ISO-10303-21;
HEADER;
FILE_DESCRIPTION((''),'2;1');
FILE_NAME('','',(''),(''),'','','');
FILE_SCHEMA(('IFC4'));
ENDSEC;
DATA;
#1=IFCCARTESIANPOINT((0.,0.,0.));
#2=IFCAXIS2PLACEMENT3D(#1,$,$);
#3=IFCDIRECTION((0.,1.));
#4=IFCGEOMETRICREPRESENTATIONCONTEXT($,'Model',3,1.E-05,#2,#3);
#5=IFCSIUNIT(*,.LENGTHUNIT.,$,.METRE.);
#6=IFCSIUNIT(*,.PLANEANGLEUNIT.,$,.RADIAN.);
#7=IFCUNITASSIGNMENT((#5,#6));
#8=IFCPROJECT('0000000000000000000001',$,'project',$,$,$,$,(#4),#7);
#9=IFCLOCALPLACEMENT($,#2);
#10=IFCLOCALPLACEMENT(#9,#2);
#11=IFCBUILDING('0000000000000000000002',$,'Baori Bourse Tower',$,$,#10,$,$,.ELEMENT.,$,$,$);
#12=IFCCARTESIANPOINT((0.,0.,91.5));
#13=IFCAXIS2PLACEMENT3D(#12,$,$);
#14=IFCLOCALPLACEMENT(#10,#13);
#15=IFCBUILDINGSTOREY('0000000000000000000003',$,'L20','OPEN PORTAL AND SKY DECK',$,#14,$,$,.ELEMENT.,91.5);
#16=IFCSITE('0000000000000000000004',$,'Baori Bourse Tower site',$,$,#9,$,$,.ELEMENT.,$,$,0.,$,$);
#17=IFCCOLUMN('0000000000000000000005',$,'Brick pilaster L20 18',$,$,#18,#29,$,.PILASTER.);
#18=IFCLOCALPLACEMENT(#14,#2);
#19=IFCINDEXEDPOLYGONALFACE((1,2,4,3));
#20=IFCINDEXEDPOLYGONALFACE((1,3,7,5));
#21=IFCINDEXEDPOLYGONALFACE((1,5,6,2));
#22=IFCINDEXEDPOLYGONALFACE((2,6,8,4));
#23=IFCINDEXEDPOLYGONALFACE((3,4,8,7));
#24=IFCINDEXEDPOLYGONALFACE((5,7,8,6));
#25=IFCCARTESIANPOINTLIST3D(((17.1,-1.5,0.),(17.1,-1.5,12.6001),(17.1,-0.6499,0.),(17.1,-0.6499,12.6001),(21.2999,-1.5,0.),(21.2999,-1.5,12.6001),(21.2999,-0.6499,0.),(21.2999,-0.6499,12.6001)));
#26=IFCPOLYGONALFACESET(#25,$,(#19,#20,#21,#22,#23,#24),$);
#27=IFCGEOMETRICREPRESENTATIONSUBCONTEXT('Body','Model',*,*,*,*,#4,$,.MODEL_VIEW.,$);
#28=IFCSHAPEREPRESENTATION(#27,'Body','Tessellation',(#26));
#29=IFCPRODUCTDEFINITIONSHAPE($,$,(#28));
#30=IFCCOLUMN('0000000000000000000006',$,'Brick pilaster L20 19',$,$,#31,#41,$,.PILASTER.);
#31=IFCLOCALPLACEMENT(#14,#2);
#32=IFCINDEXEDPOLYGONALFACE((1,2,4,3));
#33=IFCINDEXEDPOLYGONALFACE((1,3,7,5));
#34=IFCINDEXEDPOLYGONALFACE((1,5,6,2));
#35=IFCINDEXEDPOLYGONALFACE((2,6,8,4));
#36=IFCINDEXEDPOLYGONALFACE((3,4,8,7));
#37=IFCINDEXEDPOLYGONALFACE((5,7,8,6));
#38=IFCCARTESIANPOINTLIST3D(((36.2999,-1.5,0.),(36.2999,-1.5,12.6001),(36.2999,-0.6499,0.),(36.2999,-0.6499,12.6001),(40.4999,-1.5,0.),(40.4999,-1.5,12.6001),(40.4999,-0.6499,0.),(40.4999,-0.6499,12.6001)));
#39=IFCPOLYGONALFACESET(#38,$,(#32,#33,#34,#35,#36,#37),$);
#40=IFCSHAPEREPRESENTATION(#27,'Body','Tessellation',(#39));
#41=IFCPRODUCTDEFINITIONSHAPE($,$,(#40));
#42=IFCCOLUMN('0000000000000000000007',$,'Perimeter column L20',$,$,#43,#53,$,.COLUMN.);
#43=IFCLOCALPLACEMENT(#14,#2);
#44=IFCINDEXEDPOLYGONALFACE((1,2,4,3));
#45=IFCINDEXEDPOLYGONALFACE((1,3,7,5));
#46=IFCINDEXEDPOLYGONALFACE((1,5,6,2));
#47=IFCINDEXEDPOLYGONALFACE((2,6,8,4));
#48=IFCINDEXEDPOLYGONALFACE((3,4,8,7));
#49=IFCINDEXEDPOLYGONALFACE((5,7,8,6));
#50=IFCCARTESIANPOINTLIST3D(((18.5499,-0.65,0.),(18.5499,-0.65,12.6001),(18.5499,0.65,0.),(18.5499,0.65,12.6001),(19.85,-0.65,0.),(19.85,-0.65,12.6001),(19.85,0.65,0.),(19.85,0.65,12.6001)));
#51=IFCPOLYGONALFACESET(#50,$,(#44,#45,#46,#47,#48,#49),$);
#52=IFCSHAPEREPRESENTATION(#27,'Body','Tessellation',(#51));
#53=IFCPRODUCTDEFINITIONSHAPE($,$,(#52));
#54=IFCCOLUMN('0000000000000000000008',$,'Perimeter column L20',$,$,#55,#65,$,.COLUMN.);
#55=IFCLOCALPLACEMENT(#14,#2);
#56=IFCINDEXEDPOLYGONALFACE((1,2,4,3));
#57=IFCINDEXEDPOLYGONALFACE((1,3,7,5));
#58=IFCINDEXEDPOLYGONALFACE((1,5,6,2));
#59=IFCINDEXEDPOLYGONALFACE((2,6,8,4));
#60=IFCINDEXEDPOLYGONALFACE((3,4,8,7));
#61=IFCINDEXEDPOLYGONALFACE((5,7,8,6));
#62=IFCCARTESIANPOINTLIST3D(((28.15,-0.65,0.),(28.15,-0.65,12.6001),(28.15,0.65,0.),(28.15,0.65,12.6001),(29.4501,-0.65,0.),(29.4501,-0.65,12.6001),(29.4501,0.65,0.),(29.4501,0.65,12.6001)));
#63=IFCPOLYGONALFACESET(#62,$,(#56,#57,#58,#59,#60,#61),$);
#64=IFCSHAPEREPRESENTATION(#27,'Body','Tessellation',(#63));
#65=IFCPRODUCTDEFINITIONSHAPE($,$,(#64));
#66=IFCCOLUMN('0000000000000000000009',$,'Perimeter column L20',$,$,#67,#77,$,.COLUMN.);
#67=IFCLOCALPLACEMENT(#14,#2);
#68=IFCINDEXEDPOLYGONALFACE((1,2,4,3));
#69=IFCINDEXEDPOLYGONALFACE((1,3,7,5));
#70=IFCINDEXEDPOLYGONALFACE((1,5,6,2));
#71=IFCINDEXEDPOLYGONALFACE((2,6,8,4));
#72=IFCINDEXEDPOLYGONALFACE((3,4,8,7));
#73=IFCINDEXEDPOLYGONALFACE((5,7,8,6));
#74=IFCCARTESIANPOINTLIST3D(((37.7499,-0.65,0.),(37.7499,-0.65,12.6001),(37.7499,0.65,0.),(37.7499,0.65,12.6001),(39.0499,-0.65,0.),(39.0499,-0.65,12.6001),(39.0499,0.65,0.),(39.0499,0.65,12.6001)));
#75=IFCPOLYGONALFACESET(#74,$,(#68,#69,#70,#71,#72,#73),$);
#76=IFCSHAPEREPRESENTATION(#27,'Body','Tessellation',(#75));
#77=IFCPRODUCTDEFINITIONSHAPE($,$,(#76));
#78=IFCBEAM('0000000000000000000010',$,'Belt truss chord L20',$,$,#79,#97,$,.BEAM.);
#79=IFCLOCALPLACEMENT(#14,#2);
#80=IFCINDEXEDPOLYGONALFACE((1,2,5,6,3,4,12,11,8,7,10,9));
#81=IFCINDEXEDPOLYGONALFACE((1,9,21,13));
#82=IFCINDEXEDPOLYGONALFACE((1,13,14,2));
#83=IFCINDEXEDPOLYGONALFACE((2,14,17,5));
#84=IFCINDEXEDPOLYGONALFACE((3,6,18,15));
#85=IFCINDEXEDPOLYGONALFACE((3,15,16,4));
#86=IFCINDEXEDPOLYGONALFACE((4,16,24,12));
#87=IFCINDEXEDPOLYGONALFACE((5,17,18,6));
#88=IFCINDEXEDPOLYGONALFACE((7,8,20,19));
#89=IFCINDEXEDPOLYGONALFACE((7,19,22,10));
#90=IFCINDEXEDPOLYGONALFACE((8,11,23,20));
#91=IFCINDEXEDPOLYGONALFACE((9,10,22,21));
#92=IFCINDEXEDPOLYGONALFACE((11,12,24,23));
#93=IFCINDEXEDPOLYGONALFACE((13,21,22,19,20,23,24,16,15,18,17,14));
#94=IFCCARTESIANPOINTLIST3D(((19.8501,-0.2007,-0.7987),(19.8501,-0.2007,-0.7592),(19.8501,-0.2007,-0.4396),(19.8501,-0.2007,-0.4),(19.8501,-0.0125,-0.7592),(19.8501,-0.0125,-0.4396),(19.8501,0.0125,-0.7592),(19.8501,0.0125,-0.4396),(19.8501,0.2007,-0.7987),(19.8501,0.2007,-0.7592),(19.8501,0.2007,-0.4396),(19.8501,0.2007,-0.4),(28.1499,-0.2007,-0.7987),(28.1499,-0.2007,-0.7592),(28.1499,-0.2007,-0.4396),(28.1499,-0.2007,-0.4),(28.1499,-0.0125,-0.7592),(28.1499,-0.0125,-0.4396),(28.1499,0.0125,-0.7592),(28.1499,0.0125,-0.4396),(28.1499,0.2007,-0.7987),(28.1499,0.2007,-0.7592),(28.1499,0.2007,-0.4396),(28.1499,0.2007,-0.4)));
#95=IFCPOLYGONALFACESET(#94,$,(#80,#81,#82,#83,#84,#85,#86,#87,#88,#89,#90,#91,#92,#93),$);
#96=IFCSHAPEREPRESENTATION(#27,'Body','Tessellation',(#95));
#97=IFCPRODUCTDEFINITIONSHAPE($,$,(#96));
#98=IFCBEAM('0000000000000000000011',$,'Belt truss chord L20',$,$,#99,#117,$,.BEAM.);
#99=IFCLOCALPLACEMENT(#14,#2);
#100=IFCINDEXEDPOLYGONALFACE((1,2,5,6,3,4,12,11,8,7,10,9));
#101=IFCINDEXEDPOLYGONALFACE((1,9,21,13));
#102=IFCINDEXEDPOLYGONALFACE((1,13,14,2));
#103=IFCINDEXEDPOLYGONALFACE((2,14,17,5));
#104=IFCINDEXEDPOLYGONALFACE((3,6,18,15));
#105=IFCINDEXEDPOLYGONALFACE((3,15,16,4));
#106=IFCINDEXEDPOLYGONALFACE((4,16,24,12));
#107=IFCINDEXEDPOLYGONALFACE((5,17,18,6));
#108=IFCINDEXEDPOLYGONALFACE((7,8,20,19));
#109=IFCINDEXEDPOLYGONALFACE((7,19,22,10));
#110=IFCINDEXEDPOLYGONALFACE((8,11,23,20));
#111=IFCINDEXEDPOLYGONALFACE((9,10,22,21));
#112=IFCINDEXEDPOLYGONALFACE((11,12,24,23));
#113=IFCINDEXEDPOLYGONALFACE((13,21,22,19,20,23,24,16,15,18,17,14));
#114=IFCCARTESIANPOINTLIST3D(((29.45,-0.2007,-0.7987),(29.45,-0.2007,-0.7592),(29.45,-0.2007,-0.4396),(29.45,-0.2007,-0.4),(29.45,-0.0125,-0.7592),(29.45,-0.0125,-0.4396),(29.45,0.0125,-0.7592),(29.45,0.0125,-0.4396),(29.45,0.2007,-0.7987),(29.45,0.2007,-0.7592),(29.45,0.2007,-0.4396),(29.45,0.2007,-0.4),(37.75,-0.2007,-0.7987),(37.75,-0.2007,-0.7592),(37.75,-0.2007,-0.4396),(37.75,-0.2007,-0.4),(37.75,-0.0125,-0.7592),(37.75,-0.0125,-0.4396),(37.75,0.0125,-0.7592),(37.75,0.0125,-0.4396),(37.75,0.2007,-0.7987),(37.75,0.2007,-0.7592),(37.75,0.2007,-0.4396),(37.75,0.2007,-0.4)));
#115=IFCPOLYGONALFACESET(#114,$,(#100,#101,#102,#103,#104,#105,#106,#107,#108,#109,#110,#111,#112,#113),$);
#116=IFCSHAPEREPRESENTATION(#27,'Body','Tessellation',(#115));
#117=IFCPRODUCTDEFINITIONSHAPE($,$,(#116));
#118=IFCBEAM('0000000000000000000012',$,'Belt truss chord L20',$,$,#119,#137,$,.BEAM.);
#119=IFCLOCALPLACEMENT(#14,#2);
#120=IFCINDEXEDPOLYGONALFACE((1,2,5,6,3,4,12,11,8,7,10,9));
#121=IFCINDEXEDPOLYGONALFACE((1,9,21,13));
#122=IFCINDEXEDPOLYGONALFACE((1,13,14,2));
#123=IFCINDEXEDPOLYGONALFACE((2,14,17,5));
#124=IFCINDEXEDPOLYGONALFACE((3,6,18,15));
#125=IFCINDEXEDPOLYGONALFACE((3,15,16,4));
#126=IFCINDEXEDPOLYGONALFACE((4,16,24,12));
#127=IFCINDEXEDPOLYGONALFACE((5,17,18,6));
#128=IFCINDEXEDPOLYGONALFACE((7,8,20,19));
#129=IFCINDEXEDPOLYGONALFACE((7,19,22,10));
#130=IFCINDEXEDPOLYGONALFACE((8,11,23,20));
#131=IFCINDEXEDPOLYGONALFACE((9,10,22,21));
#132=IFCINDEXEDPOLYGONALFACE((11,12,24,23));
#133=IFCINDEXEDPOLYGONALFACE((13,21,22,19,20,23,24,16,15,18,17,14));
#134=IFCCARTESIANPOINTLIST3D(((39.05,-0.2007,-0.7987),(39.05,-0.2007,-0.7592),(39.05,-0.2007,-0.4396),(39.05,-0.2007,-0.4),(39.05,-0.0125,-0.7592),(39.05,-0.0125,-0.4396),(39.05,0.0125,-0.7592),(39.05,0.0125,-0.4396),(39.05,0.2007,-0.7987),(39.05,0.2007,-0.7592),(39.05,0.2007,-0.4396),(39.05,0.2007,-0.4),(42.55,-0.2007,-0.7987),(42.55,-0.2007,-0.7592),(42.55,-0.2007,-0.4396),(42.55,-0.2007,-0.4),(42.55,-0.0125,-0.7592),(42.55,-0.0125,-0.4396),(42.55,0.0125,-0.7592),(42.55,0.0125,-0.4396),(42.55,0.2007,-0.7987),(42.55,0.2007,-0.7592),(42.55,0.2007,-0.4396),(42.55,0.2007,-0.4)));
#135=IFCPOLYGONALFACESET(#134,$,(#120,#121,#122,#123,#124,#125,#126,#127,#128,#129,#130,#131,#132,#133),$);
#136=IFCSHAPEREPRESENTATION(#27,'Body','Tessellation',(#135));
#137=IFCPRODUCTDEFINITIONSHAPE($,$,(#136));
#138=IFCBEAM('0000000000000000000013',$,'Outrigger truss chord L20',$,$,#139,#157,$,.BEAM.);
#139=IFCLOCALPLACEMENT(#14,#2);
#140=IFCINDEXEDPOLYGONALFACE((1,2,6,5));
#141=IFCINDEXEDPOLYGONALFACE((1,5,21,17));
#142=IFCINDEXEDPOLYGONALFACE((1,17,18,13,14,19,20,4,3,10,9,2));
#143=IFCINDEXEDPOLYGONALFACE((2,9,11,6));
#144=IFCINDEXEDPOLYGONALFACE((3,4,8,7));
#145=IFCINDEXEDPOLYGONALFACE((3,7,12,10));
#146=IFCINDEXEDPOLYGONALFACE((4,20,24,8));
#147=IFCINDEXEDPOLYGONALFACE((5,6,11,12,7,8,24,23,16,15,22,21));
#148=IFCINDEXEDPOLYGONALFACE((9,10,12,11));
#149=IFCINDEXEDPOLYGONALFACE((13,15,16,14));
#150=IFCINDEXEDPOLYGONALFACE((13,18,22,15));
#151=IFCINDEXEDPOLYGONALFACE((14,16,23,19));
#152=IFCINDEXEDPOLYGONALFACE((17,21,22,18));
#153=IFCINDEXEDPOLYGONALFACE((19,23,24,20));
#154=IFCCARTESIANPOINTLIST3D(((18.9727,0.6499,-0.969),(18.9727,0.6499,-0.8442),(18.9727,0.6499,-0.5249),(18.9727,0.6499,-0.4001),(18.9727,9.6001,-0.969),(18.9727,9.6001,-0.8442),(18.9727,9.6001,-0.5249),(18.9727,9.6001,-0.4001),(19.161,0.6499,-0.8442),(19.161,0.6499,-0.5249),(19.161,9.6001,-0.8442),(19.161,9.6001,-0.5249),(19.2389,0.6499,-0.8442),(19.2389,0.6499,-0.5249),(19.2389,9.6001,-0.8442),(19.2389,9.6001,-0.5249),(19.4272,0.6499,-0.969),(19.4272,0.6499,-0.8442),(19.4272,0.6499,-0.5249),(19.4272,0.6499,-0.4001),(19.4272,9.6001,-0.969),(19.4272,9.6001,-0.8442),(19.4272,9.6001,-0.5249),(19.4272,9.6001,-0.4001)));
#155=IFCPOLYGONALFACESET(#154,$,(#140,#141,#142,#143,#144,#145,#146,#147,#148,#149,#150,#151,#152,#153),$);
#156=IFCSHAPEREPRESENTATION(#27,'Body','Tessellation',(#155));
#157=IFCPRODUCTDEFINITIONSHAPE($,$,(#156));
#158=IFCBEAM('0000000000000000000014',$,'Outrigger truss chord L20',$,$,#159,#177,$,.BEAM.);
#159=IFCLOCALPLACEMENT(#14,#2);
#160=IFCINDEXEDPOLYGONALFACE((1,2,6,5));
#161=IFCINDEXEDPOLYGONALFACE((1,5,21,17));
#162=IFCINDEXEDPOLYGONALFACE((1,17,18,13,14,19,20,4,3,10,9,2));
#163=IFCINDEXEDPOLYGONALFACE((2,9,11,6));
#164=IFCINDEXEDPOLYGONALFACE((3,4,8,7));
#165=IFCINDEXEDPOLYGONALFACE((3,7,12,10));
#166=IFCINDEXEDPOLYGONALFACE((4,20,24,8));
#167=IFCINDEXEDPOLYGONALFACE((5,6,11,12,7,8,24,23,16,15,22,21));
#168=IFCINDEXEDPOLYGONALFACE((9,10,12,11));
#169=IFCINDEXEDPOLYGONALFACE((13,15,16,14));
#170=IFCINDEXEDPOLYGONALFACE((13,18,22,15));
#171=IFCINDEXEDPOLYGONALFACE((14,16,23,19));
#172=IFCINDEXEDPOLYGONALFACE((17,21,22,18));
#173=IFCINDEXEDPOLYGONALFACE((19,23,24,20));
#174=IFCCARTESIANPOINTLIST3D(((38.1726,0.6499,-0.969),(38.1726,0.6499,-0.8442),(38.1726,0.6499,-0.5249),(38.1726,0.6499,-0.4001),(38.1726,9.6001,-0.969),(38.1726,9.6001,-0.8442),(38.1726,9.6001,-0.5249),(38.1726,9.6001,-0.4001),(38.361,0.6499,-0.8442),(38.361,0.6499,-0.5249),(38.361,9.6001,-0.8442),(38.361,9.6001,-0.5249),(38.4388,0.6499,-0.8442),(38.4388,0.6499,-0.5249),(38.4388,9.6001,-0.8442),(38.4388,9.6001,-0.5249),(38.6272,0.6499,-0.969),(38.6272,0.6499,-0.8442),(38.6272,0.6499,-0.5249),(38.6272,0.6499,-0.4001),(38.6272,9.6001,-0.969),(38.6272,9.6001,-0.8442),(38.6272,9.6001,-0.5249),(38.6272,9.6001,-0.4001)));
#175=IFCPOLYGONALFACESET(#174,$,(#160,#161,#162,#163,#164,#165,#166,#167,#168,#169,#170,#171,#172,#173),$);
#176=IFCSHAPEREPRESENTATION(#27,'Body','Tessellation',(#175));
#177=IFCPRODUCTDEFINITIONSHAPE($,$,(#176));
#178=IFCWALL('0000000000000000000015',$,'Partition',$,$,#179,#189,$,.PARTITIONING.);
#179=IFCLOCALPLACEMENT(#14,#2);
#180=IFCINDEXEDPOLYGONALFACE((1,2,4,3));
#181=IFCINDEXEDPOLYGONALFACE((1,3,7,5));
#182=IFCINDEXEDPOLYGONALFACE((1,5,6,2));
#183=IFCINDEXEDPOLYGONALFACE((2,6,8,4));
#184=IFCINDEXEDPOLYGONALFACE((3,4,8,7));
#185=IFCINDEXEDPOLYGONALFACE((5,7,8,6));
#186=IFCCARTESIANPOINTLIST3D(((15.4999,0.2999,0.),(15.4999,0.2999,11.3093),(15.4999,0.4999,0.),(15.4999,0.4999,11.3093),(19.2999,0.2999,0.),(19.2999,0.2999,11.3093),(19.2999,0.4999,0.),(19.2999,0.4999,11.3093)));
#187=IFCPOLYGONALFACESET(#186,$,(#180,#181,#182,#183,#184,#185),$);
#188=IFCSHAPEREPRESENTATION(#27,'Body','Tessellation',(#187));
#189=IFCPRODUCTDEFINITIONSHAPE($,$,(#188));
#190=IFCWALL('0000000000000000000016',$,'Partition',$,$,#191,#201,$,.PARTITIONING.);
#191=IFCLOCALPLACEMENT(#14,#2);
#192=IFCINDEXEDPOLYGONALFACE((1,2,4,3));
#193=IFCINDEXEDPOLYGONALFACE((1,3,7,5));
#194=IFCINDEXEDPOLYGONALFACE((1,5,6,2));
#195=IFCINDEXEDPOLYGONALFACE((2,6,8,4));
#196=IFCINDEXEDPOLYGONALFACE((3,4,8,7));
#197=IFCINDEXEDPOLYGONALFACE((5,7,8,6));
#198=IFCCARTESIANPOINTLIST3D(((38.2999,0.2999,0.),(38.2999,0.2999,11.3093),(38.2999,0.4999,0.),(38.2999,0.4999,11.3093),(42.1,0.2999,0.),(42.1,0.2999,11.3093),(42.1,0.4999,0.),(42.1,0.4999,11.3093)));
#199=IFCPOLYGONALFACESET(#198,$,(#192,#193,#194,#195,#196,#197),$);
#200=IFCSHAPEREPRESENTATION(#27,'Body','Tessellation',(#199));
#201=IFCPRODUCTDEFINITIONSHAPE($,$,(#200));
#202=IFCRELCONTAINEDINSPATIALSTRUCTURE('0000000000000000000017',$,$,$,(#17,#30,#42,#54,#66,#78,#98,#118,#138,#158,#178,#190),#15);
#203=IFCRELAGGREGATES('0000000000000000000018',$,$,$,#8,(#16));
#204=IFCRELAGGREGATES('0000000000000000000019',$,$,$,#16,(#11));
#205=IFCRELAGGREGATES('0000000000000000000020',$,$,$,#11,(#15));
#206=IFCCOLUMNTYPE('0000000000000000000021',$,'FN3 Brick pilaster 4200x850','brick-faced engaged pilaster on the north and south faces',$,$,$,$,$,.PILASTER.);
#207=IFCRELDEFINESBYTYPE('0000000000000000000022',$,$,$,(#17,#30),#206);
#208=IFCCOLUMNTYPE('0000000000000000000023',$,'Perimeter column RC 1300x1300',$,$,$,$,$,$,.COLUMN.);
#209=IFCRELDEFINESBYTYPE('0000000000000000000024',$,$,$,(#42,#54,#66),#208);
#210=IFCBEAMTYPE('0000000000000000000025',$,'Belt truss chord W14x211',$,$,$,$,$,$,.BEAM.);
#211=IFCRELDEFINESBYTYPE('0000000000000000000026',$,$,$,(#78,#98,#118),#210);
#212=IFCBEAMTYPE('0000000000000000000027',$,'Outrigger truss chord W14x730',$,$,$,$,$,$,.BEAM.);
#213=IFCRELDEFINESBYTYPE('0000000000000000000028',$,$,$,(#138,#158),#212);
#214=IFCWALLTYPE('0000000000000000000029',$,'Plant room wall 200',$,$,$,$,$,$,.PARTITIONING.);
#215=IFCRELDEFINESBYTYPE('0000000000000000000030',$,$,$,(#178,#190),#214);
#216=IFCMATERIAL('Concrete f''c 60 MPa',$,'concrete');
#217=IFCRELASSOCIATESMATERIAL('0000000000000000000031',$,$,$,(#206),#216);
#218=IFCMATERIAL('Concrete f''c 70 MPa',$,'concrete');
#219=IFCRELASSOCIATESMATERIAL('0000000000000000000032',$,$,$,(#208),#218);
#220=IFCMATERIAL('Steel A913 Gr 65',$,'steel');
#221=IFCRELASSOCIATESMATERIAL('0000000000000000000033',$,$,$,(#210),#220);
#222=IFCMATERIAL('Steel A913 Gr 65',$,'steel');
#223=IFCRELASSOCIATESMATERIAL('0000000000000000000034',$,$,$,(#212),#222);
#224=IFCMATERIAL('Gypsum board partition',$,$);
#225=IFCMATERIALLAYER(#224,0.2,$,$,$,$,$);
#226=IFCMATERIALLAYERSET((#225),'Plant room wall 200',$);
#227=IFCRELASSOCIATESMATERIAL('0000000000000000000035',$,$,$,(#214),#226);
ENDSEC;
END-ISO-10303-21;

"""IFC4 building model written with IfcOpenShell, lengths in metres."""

from ifc_helpers import new_model, si_unit, direction, frame, frame_2d, origin, origin_2d, place, context, subcontext, project, spatial, rectangle, i_section, extrude, material, layer, layer_set, material_profile, profile_set, type_object, element, save


model = new_model("IFC4")

# Units and contexts
model_context = context("Model", 3, precision=1e-05, world=origin(), true_north=direction((0.0, 1.0)))
body_context = subcontext(model_context, "Body", "Model", "MODEL_VIEW")
ifc_project = project(units=[si_unit("LENGTHUNIT", "METRE"), si_unit("PLANEANGLEUNIT", "RADIAN")], contexts=[model_context])

# Site, building, storey
site_placement = place(None, origin())
site = spatial("IfcSite", under=ifc_project, at=site_placement, Name="Baori Bourse Tower site", CompositionType="ELEMENT", RefElevation=0.0)
building_placement = place(site_placement, origin())
building = spatial("IfcBuilding", under=site, at=building_placement, Name="Baori Bourse Tower", CompositionType="ELEMENT")
storey_placement = place(building_placement, frame((0.0, 0.0, 91.5)))
storey = spatial("IfcBuildingStorey", under=building, at=storey_placement, Name="L20", Description="OPEN PORTAL AND SKY DECK", CompositionType="ELEMENT", Elevation=91.5)

# Columns
ifc_material_1 = material(Name="Concrete f'c 60 MPa", Category="concrete")
ifc_material_profile_1 = material_profile(ifc_material_1, rectangle(XDim=4.2, YDim=0.8501, at=origin_2d()), Name="RC 4200x850")
ifc_profile_set_1 = profile_set([ifc_material_profile_1], Name="Concrete f'c 60 MPa")
column_type_1 = type_object("IfcColumnType", Name="FN3 Brick pilaster 4200x850", Description="brick-faced engaged pilaster on the north and south faces", PredefinedType="PILASTER", material=ifc_profile_set_1)
for number, where, z_axis, x_axis, name in (
    (1, (19.2, -1.075, 0.0), (0.0, 0.0, 1.0), (1.0, 0.0, 0.0), "Brick pilaster L20 18"),
    (2, (38.3999, -1.075, 0.0), (0.0, 0.0, 1.0), (1.0, 0.0, 0.0), "Brick pilaster L20 19"),
):
    element("IfcColumn", number, at=place(storey_placement, frame(where, z_axis=z_axis, x_axis=x_axis)), inside=storey, type_object=column_type_1, Name=name, PredefinedType="PILASTER", context=body_context, shape_type="SweptSolid", body=[
        extrude(rectangle(XDim=4.2, YDim=0.8501, at=origin_2d()), origin(), (0.0, 0.0, 1.0), 12.6001),
    ])
ifc_material_2 = material(Name="Concrete f'c 70 MPa", Category="concrete")
ifc_material_profile_2 = material_profile(ifc_material_2, rectangle(XDim=1.3, YDim=1.3, at=origin_2d()), Name="RC 1300x1300")
ifc_profile_set_2 = profile_set([ifc_material_profile_2], Name="Concrete f'c 70 MPa")
column_type_2 = type_object("IfcColumnType", Name="Perimeter column RC 1300x1300", PredefinedType="COLUMN", material=ifc_profile_set_2)
for number, where, z_axis, x_axis, name in (
    (3, (19.2, 0.0, 0.0), (0.0, 0.0, 1.0), (1.0, 0.0, 0.0), "Perimeter column L20"),
    (4, (28.8, 0.0, 0.0), (0.0, 0.0, 1.0), (1.0, 0.0, 0.0), "Perimeter column L20"),
    (5, (38.3999, 0.0, 0.0), (0.0, 0.0, 1.0), (1.0, 0.0, 0.0), "Perimeter column L20"),
):
    element("IfcColumn", number, at=place(storey_placement, frame(where, z_axis=z_axis, x_axis=x_axis)), inside=storey, type_object=column_type_2, Name=name, PredefinedType="COLUMN", context=body_context, shape_type="SweptSolid", body=[
        extrude(rectangle(XDim=1.3, YDim=1.3, at=origin_2d()), origin(), (0.0, 0.0, 1.0), 12.6001),
    ])

# Beams
ifc_material_3 = material(Name="Steel A913 Gr 65", Category="steel")
ifc_material_profile_3 = material_profile(ifc_material_3, i_section(OverallWidth=0.4014, OverallDepth=0.3987, WebThickness=0.0249, FlangeThickness=0.0396, at=origin_2d()), Name="W14x211")
ifc_profile_set_3 = profile_set([ifc_material_profile_3], Name="Steel A913 Gr 65")
beam_type_1 = type_object("IfcBeamType", Name="Belt truss chord W14x211", PredefinedType="BEAM", material=ifc_profile_set_3)
beam_1_placement = place(storey_placement, frame((19.8501, 0.0, -0.5994), z_axis=(1.0, 0.0, 0.0), x_axis=(0.0, 1.0, 0.0)))
element("IfcBeam", 6, at=beam_1_placement, inside=storey, type_object=beam_type_1, Name="Belt truss chord L20", PredefinedType="BEAM", context=body_context, shape_type="SweptSolid", body=[
    extrude(i_section(OverallWidth=0.4014, OverallDepth=0.3987, WebThickness=0.0249, FlangeThickness=0.0396, at=origin_2d()), origin(), (0.0, 0.0, 1.0), 8.2998),
])
beam_2_placement = place(storey_placement, frame((29.45, 0.0, -0.5994), z_axis=(1.0, 0.0, 0.0), x_axis=(0.0, 1.0, 0.0)))
element("IfcBeam", 7, at=beam_2_placement, inside=storey, type_object=beam_type_1, Name="Belt truss chord L20", PredefinedType="BEAM", context=body_context, shape_type="SweptSolid", body=[
    extrude(i_section(OverallWidth=0.4014, OverallDepth=0.3987, WebThickness=0.0249, FlangeThickness=0.0396, at=origin_2d()), origin(), (0.0, 0.0, 1.0), 8.3),
])
beam_3_placement = place(storey_placement, frame((39.05, 0.0, -0.5994), z_axis=(1.0, 0.0, 0.0), x_axis=(0.0, 1.0, 0.0)))
element("IfcBeam", 8, at=beam_3_placement, inside=storey, type_object=beam_type_1, Name="Belt truss chord L20", PredefinedType="BEAM", context=body_context, shape_type="SweptSolid", body=[
    extrude(i_section(OverallWidth=0.4014, OverallDepth=0.3987, WebThickness=0.0249, FlangeThickness=0.0396, at=origin_2d()), origin(), (0.0, 0.0, 1.0), 3.5),
])
ifc_material_4 = material(Name="Steel A913 Gr 65", Category="steel")
ifc_material_profile_4 = material_profile(ifc_material_4, i_section(OverallWidth=0.4546, OverallDepth=0.5688, WebThickness=0.0779, FlangeThickness=0.1248, at=origin_2d()), Name="W14x730")
ifc_profile_set_4 = profile_set([ifc_material_profile_4], Name="Steel A913 Gr 65")
beam_type_2 = type_object("IfcBeamType", Name="Outrigger truss chord W14x730", PredefinedType="BEAM", material=ifc_profile_set_4)
for number, where, z_axis, x_axis, name in (
    (9, (19.2, 0.6499, -0.6846), (0.0, 1.0, 0.0), (-1.0, 0.0, 0.0), "Outrigger truss chord L20"),
    (10, (38.3999, 0.6499, -0.6846), (0.0, 1.0, 0.0), (-1.0, 0.0, 0.0), "Outrigger truss chord L20"),
):
    element("IfcBeam", number, at=place(storey_placement, frame(where, z_axis=z_axis, x_axis=x_axis)), inside=storey, type_object=beam_type_2, Name=name, PredefinedType="BEAM", context=body_context, shape_type="SweptSolid", body=[
        extrude(i_section(OverallWidth=0.4546, OverallDepth=0.5688, WebThickness=0.0779, FlangeThickness=0.1248, at=origin_2d()), origin(), (0.0, 0.0, 1.0), 8.9502),
    ])

# Walls
ifc_material_5 = material(Name="Gypsum board partition")
ifc_layer = layer(ifc_material_5, 0.2)
ifc_layer_set = layer_set([ifc_layer], Name="Plant room wall 200")
wall_type = type_object("IfcWallType", Name="Plant room wall 200", PredefinedType="PARTITIONING", material=ifc_layer_set)
for number, where, z_axis, x_axis, name in (
    (11, (15.5, 0.3999, 0.0), (0.0, 0.0, 1.0), (1.0, 0.0, 0.0), "Partition"),
    (12, (38.3, 0.3999, 0.0), (0.0, 0.0, 1.0), (1.0, 0.0, 0.0), "Partition"),
):
    element("IfcWall", number, at=place(storey_placement, frame(where, z_axis=z_axis, x_axis=x_axis)), inside=storey, type_object=wall_type, Name=name, PredefinedType="PARTITIONING", context=body_context, shape_type="SweptSolid", body=[
        extrude(rectangle(XDim=3.8, YDim=0.2, at=frame_2d((1.8999, 0.0))), origin(), (0.0, 0.0, 1.0), 11.3093),
    ])

save(model, "model.ifc")
